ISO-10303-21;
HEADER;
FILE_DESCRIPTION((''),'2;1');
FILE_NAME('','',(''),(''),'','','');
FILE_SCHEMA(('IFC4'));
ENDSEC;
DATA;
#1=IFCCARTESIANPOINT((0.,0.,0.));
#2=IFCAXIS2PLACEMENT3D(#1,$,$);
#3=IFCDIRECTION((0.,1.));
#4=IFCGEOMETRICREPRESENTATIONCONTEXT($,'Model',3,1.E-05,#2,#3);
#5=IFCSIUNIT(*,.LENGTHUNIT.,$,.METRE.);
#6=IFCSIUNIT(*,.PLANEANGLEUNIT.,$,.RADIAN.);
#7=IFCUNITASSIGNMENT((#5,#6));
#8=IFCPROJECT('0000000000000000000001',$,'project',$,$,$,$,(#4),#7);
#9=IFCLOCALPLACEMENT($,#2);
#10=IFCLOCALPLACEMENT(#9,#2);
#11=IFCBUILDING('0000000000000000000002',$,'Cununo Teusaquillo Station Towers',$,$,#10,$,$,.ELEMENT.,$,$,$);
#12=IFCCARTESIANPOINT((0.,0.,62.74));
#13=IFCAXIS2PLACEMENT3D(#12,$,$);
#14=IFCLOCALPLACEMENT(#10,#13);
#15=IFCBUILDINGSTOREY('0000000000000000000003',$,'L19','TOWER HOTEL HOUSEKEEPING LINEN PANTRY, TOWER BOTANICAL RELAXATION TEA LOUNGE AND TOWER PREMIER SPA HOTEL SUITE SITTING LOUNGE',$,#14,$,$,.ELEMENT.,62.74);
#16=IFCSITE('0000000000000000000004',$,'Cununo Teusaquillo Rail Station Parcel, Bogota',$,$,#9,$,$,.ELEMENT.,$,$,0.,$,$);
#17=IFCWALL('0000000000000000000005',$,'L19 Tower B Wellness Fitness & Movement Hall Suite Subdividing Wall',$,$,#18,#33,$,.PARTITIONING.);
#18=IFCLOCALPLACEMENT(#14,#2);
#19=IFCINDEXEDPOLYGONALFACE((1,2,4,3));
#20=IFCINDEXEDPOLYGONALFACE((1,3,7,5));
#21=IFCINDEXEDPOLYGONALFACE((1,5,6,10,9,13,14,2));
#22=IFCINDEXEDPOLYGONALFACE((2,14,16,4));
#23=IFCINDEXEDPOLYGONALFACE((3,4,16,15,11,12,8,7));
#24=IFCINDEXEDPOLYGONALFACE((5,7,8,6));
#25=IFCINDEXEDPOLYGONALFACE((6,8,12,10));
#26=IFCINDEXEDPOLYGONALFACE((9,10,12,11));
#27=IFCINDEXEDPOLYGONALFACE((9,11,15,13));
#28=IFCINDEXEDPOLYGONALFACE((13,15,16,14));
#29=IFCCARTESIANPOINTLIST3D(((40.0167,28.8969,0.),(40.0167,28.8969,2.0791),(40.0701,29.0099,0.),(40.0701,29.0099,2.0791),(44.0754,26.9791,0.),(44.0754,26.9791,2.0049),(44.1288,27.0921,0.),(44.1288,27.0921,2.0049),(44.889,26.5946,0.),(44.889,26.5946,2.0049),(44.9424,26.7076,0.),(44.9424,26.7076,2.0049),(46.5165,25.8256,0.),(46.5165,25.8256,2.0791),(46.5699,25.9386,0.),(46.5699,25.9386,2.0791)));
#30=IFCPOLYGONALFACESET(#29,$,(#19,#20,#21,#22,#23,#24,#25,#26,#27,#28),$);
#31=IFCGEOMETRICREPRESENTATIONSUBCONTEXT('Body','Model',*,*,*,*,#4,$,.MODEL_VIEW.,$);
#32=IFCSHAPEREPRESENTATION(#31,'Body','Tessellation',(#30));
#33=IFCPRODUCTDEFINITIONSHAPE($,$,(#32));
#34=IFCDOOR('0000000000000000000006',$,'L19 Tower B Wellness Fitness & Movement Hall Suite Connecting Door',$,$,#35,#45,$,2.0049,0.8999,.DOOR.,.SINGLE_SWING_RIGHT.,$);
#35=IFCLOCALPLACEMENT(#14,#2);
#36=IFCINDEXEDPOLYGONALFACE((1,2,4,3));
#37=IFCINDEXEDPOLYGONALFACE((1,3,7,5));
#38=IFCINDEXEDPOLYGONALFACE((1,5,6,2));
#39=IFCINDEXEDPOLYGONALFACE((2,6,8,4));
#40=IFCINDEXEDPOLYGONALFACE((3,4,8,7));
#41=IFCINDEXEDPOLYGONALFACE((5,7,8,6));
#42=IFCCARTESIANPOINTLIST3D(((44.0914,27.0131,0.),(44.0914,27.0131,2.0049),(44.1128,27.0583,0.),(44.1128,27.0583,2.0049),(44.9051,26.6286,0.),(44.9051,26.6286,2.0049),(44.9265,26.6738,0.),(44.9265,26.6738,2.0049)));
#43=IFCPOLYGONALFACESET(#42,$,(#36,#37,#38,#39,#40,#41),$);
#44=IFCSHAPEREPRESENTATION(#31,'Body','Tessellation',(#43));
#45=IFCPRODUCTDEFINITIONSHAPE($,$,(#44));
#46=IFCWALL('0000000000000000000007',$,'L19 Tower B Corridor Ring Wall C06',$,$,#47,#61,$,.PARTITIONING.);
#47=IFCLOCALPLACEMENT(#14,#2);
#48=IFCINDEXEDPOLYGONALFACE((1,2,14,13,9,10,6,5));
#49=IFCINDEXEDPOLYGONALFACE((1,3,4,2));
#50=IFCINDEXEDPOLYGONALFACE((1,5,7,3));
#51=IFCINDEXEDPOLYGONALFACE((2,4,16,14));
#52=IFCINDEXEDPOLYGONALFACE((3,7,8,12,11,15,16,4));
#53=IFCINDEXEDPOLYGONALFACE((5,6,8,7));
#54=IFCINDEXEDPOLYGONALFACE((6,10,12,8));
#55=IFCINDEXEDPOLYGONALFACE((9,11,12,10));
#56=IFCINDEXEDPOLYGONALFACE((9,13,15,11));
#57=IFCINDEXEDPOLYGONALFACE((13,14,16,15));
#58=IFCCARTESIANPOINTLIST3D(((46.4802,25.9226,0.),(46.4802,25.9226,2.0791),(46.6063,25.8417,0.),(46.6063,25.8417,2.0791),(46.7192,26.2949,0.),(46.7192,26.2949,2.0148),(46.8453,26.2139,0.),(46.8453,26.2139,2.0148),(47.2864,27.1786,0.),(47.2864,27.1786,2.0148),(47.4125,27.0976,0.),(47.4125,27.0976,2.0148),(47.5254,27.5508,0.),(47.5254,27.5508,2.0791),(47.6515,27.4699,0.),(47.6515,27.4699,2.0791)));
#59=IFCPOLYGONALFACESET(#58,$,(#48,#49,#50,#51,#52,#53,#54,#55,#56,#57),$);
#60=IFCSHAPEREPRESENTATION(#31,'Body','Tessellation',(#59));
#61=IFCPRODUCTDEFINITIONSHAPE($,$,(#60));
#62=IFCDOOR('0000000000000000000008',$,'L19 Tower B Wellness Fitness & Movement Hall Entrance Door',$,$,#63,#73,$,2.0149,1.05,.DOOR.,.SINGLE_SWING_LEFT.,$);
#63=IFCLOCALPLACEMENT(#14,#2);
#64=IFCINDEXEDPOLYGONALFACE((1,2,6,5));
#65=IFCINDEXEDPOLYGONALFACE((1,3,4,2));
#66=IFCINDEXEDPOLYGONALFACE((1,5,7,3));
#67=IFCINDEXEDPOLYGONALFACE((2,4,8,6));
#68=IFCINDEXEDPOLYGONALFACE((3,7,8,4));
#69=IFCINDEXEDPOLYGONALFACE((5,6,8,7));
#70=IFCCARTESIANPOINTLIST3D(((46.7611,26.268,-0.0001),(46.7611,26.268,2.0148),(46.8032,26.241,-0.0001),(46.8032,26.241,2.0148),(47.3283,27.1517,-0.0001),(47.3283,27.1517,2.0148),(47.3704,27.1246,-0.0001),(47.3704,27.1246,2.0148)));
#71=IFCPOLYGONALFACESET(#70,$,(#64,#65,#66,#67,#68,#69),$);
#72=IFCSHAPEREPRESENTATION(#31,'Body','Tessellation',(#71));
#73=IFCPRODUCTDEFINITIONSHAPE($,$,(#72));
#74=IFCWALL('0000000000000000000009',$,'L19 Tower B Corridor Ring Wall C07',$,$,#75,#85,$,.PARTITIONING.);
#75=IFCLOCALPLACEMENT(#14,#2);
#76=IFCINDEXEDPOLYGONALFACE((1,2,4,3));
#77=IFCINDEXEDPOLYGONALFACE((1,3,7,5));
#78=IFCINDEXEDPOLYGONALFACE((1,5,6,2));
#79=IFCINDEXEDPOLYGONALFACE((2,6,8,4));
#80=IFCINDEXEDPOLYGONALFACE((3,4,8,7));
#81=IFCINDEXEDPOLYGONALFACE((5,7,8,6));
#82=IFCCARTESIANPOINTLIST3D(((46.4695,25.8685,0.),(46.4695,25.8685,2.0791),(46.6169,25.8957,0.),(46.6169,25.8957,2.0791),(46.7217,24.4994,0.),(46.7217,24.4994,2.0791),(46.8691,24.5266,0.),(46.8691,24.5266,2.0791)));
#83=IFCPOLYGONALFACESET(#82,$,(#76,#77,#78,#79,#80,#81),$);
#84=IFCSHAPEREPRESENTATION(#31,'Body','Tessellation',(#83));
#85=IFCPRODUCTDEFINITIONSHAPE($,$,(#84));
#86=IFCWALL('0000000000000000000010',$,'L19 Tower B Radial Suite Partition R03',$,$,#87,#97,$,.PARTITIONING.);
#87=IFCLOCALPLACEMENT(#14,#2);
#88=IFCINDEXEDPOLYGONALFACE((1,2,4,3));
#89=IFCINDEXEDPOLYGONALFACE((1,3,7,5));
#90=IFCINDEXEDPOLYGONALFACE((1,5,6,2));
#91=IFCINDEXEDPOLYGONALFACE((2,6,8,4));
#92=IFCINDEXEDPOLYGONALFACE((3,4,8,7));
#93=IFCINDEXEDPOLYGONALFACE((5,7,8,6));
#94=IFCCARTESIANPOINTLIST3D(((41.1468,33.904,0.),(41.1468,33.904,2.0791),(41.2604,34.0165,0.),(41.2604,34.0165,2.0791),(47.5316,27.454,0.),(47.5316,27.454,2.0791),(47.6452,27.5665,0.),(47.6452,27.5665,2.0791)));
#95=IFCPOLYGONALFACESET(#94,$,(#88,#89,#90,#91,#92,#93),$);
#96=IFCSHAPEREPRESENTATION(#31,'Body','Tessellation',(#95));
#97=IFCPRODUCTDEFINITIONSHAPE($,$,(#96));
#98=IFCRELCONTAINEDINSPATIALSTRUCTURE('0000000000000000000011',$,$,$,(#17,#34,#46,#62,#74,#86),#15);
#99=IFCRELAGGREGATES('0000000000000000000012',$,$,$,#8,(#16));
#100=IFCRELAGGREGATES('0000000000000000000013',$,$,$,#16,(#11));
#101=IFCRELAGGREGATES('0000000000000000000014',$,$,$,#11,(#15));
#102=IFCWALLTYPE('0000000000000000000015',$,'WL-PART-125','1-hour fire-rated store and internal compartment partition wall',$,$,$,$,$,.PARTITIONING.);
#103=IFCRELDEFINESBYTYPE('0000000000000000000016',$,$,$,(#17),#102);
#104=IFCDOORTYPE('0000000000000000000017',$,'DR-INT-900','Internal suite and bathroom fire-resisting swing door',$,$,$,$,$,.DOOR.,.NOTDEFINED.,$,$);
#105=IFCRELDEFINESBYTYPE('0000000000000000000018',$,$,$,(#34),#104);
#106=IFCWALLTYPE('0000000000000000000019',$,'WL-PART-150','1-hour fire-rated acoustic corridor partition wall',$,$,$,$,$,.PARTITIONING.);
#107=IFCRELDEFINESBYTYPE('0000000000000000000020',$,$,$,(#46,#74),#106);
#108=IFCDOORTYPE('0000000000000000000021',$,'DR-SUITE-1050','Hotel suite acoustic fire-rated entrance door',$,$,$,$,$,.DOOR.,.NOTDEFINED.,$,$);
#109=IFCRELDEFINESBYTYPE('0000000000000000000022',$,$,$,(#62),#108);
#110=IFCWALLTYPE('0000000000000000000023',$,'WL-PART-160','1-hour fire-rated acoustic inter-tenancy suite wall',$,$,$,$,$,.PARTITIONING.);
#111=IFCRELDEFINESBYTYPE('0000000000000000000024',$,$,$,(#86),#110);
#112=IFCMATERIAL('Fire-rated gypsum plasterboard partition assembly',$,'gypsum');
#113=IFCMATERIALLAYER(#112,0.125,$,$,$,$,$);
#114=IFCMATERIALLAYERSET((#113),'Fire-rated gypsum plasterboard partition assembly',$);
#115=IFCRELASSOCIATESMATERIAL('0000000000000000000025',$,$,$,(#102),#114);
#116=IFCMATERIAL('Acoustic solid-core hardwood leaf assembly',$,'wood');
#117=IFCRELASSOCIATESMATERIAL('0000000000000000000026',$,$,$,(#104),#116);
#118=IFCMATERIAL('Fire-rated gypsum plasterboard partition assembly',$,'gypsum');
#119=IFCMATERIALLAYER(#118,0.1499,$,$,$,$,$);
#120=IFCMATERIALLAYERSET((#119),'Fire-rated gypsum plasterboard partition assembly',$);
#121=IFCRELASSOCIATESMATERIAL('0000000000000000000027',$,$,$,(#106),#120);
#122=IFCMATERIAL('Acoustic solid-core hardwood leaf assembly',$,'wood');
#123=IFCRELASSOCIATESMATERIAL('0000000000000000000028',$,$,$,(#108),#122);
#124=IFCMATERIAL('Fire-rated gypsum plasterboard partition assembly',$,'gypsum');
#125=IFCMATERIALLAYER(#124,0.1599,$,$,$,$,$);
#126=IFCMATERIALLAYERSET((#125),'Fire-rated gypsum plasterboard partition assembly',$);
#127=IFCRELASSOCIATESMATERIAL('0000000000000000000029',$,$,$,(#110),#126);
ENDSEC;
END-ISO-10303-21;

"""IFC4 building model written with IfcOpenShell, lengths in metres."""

from ifc_helpers import new_model, si_unit, direction, frame, frame_2d, origin, place, context, subcontext, project, spatial, rectangle, extrude, source, transform, mapped, material, layer, layer_set, type_object, element, fill, save


model = new_model("IFC4")

# Units and contexts
model_context = context("Model", 3, precision=1e-05, world=origin(), true_north=direction((0.0, 1.0)))
body_context = subcontext(model_context, "Body", "Model", "MODEL_VIEW")
ifc_project = project(units=[si_unit("LENGTHUNIT", "METRE"), si_unit("PLANEANGLEUNIT", "RADIAN")], contexts=[model_context])

# Site, building, storey
site_placement = place(None, origin())
site = spatial("IfcSite", under=ifc_project, at=site_placement, Name="Cununo Teusaquillo Rail Station Parcel, Bogota", CompositionType="ELEMENT", RefElevation=0.0)
building_placement = place(site_placement, origin())
building = spatial("IfcBuilding", under=site, at=building_placement, Name="Cununo Teusaquillo Station Towers", CompositionType="ELEMENT")
storey_placement = place(building_placement, frame((0.0, 0.0, 62.74)))
storey = spatial("IfcBuildingStorey", under=building, at=storey_placement, Name="L19", Description="TOWER HOTEL HOUSEKEEPING LINEN PANTRY, TOWER BOTANICAL RELAXATION TEA LOUNGE AND TOWER PREMIER SPA HOTEL SUITE SITTING LOUNGE", CompositionType="ELEMENT", Elevation=62.74)

# Shared definitions
ifc_material_1 = material(Name="Fire-rated gypsum plasterboard partition assembly", Category="gypsum")
ifc_layer_1 = layer(ifc_material_1, 0.125)
ifc_layer_set_1 = layer_set([ifc_layer_1], Name="Fire-rated gypsum plasterboard partition assembly")
wall_type_1 = type_object("IfcWallType", Name="WL-PART-125", Description="1-hour fire-rated store and internal compartment partition wall", PredefinedType="PARTITIONING", material=ifc_layer_set_1)

# Walls, openings, doors
shared_shape_1 = source(origin(), body_context, "Body", "SweptSolid", [
    extrude(rectangle(XDim=0.8999, YDim=2.0049, at=frame_2d((0.45, 1.0024))), frame((0.0, 0.0725, 0.0), z_axis=(0.0, -1.0, 0.0), x_axis=(1.0, 0.0, 0.0)), (0.0, 0.0, 1.0), 0.145),
])
ifc_material_2 = material(Name="Acoustic solid-core hardwood leaf assembly", Category="wood")
door_type_1 = type_object("IfcDoorType", Name="DR-INT-900", Description="Internal suite and bathroom fire-resisting swing door", OperationType="NOTDEFINED", PredefinedType="DOOR", material=ifc_material_2)
shared_shape_2 = source(origin(), body_context, "Body", "SweptSolid", [
    extrude(rectangle(XDim=0.8999, YDim=2.0049, at=frame_2d((0.45, 1.0024))), frame((0.0, 0.0249, 0.0), z_axis=(0.0, -1.0, 0.0), x_axis=(1.0, 0.0, 0.0)), (0.0, 0.0, 1.0), 0.05),
])
wall_1_placement = place(storey_placement, frame((46.5432, 25.8821, 0.0), z_axis=(0.0, 0.0, 1.0), x_axis=(-0.904143, 0.427229, 0.0)))
wall_1 = element("IfcWall", 1, at=wall_1_placement, inside=storey, type_object=wall_type_1, Name="L19 Tower B Wellness Fitness & Movement Hall Suite Subdividing Wall", PredefinedType="PARTITIONING", context=body_context, shape_type="SweptSolid", body=[
    extrude(rectangle(XDim=7.189, YDim=0.125, at=frame_2d((3.5945, 0.0))), origin(), (0.0, 0.0, 1.0), 2.0791),
])
opening_1_placement = place(wall_1_placement, frame((1.8, 0.0, 0.0)))
opening_1 = element("IfcOpeningElement", 2, at=opening_1_placement, cuts=wall_1, PredefinedType="OPENING", context=body_context, shape_type="MappedRepresentation", body=[
    mapped(shared_shape_1, transform((0.0, 0.0, 0.0), x_axis=(1.0, 0.0, 0.0), y_axis=(0.0, 1.0, 0.0), z_axis=(0.0, 0.0, 1.0), scale=1.0)),
])
door_1_placement = place(opening_1_placement, origin())
door_1 = element("IfcDoor", 3, at=door_1_placement, inside=storey, type_object=door_type_1, Name="L19 Tower B Wellness Fitness & Movement Hall Suite Connecting Door", OperationType="SINGLE_SWING_RIGHT", OverallHeight=2.0049, OverallWidth=0.8999, PredefinedType="DOOR", context=body_context, shape_type="MappedRepresentation", body=[
    mapped(shared_shape_2, transform((0.0, 0.0, 0.0), x_axis=(1.0, 0.0, 0.0), y_axis=(0.0, 1.0, 0.0), z_axis=(0.0, 0.0, 1.0), scale=1.0)),
])
fill(opening_1, door_1)
ifc_material_3 = material(Name="Fire-rated gypsum plasterboard partition assembly", Category="gypsum")
ifc_layer_2 = layer(ifc_material_3, 0.1499)
ifc_layer_set_2 = layer_set([ifc_layer_2], Name="Fire-rated gypsum plasterboard partition assembly")
wall_type_2 = type_object("IfcWallType", Name="WL-PART-150", Description="1-hour fire-rated acoustic corridor partition wall", PredefinedType="PARTITIONING", material=ifc_layer_set_2)
wall_2_placement = place(storey_placement, frame((47.5884, 27.5103, 0.0), z_axis=(0.0, 0.0, 1.0), x_axis=(-0.540203, -0.841535, 0.0)))
wall_2 = element("IfcWall", 4, at=wall_2_placement, inside=storey, type_object=wall_type_2, Name="L19 Tower B Corridor Ring Wall C06", PredefinedType="PARTITIONING", context=body_context, shape_type="SweptSolid", body=[
    extrude(rectangle(XDim=1.9348, YDim=0.1499, at=frame_2d((0.9673, 0.0))), origin(), (0.0, 0.0, 1.0), 2.0791),
])
shared_shape_3 = source(origin(), body_context, "Body", "SweptSolid", [
    extrude(rectangle(XDim=1.05, YDim=2.0149, at=frame_2d((0.5249, 1.0073))), frame((0.0, 0.085, 0.0), z_axis=(0.0, -1.0, 0.0), x_axis=(1.0, 0.0, 0.0)), (0.0, 0.0, 1.0), 0.1699),
])
opening_2_placement = place(wall_2_placement, frame((0.4424, 0.0, 0.0)))
opening_2 = element("IfcOpeningElement", 5, at=opening_2_placement, cuts=wall_2, PredefinedType="OPENING", context=body_context, shape_type="MappedRepresentation", body=[
    mapped(shared_shape_3, transform((0.0, 0.0, 0.0), x_axis=(1.0, 0.0, 0.0), y_axis=(0.0, 1.0, 0.0), z_axis=(0.0, 0.0, 1.0), scale=1.0)),
])
ifc_material_4 = material(Name="Acoustic solid-core hardwood leaf assembly", Category="wood")
door_type_2 = type_object("IfcDoorType", Name="DR-SUITE-1050", Description="Hotel suite acoustic fire-rated entrance door", OperationType="NOTDEFINED", PredefinedType="DOOR", material=ifc_material_4)
shared_shape_4 = source(origin(), body_context, "Body", "SweptSolid", [
    extrude(rectangle(XDim=1.05, YDim=2.0149, at=frame_2d((0.5249, 1.0073))), frame((0.0, 0.0249, 0.0), z_axis=(0.0, -1.0, 0.0), x_axis=(1.0, 0.0, 0.0)), (0.0, 0.0, 1.0), 0.05),
])
door_2_placement = place(opening_2_placement, origin())
door_2 = element("IfcDoor", 6, at=door_2_placement, inside=storey, type_object=door_type_2, Name="L19 Tower B Wellness Fitness & Movement Hall Entrance Door", OperationType="SINGLE_SWING_LEFT", OverallHeight=2.0149, OverallWidth=1.05, PredefinedType="DOOR", context=body_context, shape_type="MappedRepresentation", body=[
    mapped(shared_shape_4, transform((0.0, 0.0, 0.0), x_axis=(1.0, 0.0, 0.0), y_axis=(0.0, 1.0, 0.0), z_axis=(0.0, 0.0, 1.0), scale=1.0)),
])
fill(opening_2, door_2)

# Walls
wall_3_placement = place(storey_placement, frame((46.5432, 25.8821, 0.0), z_axis=(0.0, 0.0, 1.0), x_axis=(0.181154, -0.983455, 0.0)))
element("IfcWall", 7, at=wall_3_placement, inside=storey, type_object=wall_type_2, Name="L19 Tower B Corridor Ring Wall C07", PredefinedType="PARTITIONING", context=body_context, shape_type="SweptSolid", body=[
    extrude(rectangle(XDim=1.3921, YDim=0.1499, at=frame_2d((0.696, 0.0))), origin(), (0.0, 0.0, 1.0), 2.0791),
])
ifc_material_5 = material(Name="Fire-rated gypsum plasterboard partition assembly", Category="gypsum")
ifc_layer_3 = layer(ifc_material_5, 0.1599)
ifc_layer_set_3 = layer_set([ifc_layer_3], Name="Fire-rated gypsum plasterboard partition assembly")
wall_type_3 = type_object("IfcWallType", Name="WL-PART-160", Description="1-hour fire-rated acoustic inter-tenancy suite wall", PredefinedType="PARTITIONING", material=ifc_layer_set_3)
wall_4_placement = place(storey_placement, frame((47.5884, 27.5103, 0.0), z_axis=(0.0, 0.0, 1.0), x_axis=(-0.703506, 0.710689, 0.0)))
element("IfcWall", 8, at=wall_4_placement, inside=storey, type_object=wall_type_3, Name="L19 Tower B Radial Suite Partition R03", PredefinedType="PARTITIONING", context=body_context, shape_type="SweptSolid", body=[
    extrude(rectangle(XDim=9.0757, YDim=0.1599, at=frame_2d((4.5378, 0.0))), origin(), (0.0, 0.0, 1.0), 2.0791),
])

save(model, "model.ifc")
